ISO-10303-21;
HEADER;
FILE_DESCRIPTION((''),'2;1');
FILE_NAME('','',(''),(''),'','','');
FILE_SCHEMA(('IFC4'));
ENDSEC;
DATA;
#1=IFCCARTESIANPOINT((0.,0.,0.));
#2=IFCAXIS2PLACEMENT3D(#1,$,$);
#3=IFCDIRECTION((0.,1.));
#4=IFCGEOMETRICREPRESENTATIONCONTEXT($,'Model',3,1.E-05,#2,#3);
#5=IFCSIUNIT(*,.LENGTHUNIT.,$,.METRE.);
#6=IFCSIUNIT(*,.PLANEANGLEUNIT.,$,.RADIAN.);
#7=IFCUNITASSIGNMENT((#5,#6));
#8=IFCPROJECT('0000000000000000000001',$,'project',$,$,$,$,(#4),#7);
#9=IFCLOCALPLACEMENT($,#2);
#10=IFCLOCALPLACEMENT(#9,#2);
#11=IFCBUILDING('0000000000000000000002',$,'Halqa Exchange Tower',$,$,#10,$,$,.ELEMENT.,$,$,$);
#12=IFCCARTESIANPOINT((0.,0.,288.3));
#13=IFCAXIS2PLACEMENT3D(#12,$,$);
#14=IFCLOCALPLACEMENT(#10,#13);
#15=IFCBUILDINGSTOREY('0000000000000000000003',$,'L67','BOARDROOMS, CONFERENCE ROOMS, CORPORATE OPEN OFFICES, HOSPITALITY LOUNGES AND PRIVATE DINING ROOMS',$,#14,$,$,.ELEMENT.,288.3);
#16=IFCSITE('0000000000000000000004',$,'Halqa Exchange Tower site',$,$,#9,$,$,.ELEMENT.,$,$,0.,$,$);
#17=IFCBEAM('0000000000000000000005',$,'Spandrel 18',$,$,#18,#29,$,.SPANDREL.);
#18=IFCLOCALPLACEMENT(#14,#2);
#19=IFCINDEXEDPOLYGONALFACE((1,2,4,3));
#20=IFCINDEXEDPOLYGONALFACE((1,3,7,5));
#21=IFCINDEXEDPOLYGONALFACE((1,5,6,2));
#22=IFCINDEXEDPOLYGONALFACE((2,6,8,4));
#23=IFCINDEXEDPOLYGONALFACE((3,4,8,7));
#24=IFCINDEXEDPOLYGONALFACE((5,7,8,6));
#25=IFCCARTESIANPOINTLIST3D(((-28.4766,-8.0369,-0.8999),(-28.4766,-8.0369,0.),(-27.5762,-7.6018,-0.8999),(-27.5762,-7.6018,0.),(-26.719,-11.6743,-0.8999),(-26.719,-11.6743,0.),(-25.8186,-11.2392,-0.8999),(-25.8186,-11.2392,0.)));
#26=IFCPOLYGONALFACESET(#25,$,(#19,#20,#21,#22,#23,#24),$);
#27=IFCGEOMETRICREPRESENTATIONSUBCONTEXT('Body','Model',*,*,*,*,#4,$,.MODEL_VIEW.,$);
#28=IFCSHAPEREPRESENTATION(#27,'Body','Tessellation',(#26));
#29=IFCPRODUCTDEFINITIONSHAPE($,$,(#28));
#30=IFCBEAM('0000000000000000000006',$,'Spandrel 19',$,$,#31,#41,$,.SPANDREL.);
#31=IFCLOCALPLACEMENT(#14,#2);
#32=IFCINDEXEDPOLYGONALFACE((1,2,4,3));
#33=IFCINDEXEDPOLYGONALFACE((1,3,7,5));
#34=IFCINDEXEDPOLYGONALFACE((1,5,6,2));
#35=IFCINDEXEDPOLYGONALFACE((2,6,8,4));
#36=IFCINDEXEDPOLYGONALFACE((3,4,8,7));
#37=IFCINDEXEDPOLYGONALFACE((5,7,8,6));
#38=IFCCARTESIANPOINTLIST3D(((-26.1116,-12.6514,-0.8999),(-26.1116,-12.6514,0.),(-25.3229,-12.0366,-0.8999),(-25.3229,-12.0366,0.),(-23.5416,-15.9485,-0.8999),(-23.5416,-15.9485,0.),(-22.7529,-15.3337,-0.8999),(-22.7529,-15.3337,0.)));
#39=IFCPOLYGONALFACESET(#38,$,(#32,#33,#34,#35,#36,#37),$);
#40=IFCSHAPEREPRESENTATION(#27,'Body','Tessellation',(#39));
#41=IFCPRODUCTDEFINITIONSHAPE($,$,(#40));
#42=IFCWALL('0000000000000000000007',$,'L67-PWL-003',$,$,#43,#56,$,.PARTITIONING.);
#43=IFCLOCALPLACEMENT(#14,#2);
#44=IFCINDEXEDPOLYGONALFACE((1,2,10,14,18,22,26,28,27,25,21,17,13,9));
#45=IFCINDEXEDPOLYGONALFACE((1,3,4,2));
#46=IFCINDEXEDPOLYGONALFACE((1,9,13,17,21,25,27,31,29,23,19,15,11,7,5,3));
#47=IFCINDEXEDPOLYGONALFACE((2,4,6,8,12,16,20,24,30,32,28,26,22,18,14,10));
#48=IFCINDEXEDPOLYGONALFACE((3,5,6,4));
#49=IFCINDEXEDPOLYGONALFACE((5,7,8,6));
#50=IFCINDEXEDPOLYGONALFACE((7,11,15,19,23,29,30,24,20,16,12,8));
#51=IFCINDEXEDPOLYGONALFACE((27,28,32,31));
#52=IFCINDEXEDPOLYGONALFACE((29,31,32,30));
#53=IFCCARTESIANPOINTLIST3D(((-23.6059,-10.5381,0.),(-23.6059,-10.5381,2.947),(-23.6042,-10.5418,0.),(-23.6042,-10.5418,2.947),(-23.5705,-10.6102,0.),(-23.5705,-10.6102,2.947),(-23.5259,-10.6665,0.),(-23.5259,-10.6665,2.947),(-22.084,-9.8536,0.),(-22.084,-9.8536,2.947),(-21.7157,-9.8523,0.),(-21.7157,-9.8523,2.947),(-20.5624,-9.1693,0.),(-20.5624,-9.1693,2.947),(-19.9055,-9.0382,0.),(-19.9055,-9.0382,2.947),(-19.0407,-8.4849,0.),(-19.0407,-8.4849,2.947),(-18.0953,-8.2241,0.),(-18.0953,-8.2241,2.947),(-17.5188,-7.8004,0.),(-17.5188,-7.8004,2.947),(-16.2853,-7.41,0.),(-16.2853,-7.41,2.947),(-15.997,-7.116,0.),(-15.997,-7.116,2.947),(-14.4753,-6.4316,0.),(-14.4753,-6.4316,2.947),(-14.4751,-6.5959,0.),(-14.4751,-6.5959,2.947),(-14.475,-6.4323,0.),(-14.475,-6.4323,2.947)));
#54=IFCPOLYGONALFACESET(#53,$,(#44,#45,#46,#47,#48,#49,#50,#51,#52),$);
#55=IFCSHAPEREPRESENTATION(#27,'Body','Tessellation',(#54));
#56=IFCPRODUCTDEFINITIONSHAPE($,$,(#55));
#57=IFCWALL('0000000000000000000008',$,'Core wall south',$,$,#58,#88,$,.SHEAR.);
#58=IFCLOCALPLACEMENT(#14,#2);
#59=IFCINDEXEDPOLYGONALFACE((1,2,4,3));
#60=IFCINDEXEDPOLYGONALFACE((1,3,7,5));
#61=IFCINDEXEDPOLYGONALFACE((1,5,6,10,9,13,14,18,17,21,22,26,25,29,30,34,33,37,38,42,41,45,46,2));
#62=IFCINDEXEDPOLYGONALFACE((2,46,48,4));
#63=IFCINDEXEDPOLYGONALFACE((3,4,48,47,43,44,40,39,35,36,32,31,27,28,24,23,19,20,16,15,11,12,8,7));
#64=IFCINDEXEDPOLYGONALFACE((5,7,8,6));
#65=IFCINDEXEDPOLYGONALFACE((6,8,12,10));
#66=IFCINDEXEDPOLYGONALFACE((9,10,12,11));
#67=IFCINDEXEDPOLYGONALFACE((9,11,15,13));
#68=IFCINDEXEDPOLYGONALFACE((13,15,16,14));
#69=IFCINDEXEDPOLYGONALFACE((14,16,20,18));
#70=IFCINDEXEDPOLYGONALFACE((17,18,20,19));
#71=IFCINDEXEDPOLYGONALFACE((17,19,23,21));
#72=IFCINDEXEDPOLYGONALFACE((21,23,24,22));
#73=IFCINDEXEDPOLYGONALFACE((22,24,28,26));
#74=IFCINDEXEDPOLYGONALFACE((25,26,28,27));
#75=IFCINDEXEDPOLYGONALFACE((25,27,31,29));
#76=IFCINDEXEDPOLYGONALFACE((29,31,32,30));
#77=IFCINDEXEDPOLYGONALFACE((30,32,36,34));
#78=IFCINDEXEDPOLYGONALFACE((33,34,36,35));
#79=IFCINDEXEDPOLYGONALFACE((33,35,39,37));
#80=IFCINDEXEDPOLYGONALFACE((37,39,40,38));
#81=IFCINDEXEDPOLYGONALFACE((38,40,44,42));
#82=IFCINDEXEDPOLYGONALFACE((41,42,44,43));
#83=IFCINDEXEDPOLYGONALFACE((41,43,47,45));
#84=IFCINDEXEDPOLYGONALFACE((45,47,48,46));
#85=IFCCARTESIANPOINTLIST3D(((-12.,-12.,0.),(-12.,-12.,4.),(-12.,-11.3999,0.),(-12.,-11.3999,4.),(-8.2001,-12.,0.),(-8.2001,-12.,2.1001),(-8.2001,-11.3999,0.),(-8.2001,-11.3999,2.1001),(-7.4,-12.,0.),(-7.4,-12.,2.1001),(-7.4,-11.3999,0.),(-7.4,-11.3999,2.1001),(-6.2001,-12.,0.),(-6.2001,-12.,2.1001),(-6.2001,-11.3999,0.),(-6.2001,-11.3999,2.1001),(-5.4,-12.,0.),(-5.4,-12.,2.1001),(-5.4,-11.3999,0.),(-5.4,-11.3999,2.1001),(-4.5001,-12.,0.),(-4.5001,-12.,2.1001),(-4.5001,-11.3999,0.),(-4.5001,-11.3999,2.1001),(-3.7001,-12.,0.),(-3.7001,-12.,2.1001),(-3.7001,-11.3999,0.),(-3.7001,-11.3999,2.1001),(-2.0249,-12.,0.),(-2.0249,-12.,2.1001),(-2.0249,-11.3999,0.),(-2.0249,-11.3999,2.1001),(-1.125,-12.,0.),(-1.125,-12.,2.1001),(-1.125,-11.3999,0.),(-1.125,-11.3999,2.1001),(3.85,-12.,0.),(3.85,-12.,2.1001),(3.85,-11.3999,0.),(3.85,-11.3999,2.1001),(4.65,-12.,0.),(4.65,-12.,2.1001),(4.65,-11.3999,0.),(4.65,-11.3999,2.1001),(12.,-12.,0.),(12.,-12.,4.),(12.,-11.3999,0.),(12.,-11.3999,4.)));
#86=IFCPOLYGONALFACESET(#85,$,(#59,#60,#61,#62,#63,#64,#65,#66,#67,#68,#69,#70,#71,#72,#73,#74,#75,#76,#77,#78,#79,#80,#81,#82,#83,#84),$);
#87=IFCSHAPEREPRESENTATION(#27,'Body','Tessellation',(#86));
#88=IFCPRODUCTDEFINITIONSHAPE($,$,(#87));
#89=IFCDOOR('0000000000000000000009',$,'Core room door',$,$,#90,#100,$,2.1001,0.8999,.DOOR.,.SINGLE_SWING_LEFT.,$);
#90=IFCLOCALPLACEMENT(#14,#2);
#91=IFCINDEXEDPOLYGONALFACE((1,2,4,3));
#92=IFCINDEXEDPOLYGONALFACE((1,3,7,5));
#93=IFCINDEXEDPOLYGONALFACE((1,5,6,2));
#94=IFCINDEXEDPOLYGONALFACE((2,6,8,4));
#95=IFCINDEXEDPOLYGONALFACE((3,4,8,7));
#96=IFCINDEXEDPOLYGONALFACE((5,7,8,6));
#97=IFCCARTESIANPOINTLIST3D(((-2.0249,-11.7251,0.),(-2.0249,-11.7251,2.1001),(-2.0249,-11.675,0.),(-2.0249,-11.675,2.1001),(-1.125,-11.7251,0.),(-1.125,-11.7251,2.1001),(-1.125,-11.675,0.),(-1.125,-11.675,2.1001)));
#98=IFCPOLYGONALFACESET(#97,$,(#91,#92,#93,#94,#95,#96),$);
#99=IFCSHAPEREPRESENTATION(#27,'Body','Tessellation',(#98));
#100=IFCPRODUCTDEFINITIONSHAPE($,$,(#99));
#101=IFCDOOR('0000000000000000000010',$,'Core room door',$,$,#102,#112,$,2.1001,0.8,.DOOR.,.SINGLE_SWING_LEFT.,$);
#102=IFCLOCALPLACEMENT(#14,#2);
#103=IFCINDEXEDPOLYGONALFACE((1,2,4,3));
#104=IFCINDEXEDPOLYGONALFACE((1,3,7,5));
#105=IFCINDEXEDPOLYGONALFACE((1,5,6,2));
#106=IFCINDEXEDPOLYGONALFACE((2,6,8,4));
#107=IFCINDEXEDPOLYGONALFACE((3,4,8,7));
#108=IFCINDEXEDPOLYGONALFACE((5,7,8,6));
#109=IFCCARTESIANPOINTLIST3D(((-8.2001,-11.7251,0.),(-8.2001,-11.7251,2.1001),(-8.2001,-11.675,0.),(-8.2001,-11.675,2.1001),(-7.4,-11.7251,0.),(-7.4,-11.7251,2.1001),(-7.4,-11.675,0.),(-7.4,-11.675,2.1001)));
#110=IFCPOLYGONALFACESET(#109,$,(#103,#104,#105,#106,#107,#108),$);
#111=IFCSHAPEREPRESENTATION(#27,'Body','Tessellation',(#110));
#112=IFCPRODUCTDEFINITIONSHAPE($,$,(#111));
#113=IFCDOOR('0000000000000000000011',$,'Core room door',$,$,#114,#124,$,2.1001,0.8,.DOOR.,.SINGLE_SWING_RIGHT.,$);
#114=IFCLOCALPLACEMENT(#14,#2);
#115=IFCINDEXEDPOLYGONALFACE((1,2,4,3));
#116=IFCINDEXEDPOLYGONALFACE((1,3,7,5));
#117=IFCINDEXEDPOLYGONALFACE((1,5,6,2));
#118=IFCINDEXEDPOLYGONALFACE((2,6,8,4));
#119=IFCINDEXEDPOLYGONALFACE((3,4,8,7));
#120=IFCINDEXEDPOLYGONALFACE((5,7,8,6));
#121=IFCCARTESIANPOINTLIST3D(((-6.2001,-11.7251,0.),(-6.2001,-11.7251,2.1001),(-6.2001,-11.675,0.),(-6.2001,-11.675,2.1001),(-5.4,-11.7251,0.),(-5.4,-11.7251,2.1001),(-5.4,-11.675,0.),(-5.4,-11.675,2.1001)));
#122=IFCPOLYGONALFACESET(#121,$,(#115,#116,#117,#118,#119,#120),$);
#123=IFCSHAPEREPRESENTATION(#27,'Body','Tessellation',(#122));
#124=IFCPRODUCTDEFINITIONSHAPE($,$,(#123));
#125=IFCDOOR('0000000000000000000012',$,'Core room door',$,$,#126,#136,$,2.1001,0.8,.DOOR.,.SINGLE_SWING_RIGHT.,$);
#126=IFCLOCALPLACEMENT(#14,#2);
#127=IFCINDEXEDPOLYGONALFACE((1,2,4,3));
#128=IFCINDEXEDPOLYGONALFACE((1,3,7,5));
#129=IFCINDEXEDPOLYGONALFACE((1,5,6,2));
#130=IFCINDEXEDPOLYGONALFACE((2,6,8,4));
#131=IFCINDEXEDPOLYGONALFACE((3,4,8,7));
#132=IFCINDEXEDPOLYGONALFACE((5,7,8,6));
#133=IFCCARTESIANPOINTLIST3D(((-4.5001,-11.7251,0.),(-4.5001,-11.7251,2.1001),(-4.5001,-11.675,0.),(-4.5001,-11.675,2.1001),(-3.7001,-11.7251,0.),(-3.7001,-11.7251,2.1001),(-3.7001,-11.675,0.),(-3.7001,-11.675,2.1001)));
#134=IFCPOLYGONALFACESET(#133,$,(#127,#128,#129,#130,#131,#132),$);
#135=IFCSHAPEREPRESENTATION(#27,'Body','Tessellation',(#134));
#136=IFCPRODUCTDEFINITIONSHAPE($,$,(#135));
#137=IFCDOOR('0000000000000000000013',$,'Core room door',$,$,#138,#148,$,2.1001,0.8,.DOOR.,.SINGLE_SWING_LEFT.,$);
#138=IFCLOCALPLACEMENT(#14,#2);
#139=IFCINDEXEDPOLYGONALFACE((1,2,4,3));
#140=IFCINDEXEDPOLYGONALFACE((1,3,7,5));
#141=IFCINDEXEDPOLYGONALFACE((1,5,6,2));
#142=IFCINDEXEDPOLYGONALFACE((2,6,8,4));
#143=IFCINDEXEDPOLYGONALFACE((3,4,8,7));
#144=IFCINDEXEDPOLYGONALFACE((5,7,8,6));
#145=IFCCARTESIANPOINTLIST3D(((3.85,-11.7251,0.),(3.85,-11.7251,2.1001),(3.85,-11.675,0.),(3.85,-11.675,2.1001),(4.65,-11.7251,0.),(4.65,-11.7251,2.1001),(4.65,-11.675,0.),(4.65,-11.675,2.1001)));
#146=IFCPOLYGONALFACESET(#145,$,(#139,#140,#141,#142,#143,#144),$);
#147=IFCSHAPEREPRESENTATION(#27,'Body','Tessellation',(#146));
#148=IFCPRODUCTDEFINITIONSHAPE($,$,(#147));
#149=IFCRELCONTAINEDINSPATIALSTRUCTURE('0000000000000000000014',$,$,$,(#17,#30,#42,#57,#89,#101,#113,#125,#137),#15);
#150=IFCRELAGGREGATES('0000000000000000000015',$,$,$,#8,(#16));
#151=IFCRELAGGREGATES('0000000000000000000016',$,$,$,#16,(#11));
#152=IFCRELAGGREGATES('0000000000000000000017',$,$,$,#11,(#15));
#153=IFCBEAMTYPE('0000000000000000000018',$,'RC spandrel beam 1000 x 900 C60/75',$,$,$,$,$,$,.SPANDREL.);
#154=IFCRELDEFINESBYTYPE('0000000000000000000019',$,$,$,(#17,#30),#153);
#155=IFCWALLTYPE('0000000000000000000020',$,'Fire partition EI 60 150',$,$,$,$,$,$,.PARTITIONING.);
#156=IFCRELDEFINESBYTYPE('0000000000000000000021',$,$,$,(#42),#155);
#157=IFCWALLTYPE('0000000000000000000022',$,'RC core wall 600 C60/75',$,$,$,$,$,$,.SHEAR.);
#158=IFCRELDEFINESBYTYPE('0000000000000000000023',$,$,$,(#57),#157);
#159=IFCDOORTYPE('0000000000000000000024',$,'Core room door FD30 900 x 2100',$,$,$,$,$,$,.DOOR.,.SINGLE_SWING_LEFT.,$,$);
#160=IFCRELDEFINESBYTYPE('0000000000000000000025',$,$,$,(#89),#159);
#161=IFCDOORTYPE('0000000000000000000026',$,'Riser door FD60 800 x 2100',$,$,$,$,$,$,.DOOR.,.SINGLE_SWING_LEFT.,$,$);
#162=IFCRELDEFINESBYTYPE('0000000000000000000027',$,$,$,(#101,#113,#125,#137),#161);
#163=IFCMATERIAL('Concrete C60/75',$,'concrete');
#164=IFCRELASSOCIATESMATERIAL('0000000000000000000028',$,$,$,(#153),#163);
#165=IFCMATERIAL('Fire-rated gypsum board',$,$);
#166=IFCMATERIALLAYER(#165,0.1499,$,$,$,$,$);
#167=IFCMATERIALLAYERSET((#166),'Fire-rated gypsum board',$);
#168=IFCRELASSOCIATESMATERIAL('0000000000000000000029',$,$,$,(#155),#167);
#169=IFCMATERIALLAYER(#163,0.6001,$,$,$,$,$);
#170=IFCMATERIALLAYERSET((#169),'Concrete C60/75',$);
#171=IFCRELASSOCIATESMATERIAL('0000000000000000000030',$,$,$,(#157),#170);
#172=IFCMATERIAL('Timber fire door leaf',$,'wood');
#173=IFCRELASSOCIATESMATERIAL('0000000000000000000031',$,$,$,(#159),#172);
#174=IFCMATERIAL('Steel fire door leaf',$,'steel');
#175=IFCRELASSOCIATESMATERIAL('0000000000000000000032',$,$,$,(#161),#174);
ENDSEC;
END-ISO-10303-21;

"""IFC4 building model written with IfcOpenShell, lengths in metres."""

from ifc_helpers import new_model, si_unit, direction, frame, frame_2d, origin, origin_2d, place, context, subcontext, project, spatial, polyline, rectangle, outline, extrude, material, layer, layer_set, material_profile, profile_set, type_object, element, fill, save


model = new_model("IFC4")

# Units and contexts
model_context = context("Model", 3, precision=1e-05, world=origin(), true_north=direction((0.0, 1.0)))
body_context = subcontext(model_context, "Body", "Model", "MODEL_VIEW")
ifc_project = project(units=[si_unit("LENGTHUNIT", "METRE"), si_unit("PLANEANGLEUNIT", "RADIAN")], contexts=[model_context])

# Site, building, storey
site_placement = place(None, origin())
site = spatial("IfcSite", under=ifc_project, at=site_placement, Name="Halqa Exchange Tower site", CompositionType="ELEMENT", RefElevation=0.0)
building_placement = place(site_placement, origin())
building = spatial("IfcBuilding", under=site, at=building_placement, Name="Halqa Exchange Tower", CompositionType="ELEMENT")
storey_placement = place(building_placement, frame((0.0, 0.0, 288.3)))
storey = spatial("IfcBuildingStorey", under=building, at=storey_placement, Name="L67", Description="BOARDROOMS, CONFERENCE ROOMS, CORPORATE OPEN OFFICES, HOSPITALITY LOUNGES AND PRIVATE DINING ROOMS", CompositionType="ELEMENT", Elevation=288.3)

# Shared definitions
ifc_material_1 = material(Name="Concrete C60/75", Category="concrete")

# Beams
ifc_material_profile_1 = material_profile(ifc_material_1, rectangle(XDim=1.0, YDim=0.8999, at=origin_2d()), Name="1000 x 900")
ifc_profile_set_1 = profile_set([ifc_material_profile_1], Name="Concrete C60/75")
beam_type_1 = type_object("IfcBeamType", Name="RC spandrel beam 1000 x 900 C60/75", PredefinedType="SPANDREL", material=ifc_profile_set_1)
beam_1_placement = place(storey_placement, frame((-28.0264, -7.8193, -0.45), z_axis=(0.435062, -0.900401, 0.0), x_axis=(0.900401, 0.435062, 0.0)))
element("IfcBeam", 1, at=beam_1_placement, inside=storey, type_object=beam_type_1, Name="Spandrel 18", PredefinedType="SPANDREL", context=body_context, shape_type="SweptSolid", body=[
    extrude(rectangle(XDim=1.0, YDim=0.8999, at=origin_2d()), origin(), (0.0, 0.0, 1.0), 4.0398),
])
beam_2_placement = place(storey_placement, frame((-25.7173, -12.344, -0.45), z_axis=(0.614781, -0.788698, 0.0), x_axis=(0.788698, 0.614781, 0.0)))
element("IfcBeam", 2, at=beam_2_placement, inside=storey, type_object=beam_type_1, Name="Spandrel 19", PredefinedType="SPANDREL", context=body_context, shape_type="SweptSolid", body=[
    extrude(rectangle(XDim=1.0, YDim=0.8999, at=origin_2d()), origin(), (0.0, 0.0, 1.0), 4.1804),
])

# Wall
ifc_material_2 = material(Name="Fire-rated gypsum board")
ifc_layer_1 = layer(ifc_material_2, 0.1499)
ifc_layer_set_1 = layer_set([ifc_layer_1], Name="Fire-rated gypsum board")
wall_type_1 = type_object("IfcWallType", Name="Fire partition EI 60 150", PredefinedType="PARTITIONING", material=ifc_layer_set_1)
wall_1_placement = place(storey_placement, frame((-14.4446, -6.5, 0.0), z_axis=(0.0, 0.0, 1.0), x_axis=(-0.912009, -0.410171, 0.0)))
element("IfcWall", 3, at=wall_1_placement, inside=storey, type_object=wall_type_1, Name="L67-PWL-003", PredefinedType="PARTITIONING", context=body_context, shape_type="SweptSolid", body=[
    extrude(outline(polyline([(10.0115, -0.075), (10.0115, -0.0708), (10.0088, 0.0054), (9.9912, 0.075), (8.0063, 0.075), (6.0215, 0.075), (4.0366, 0.075), (2.052, 0.075), (0.0671, 0.075), (0.0, -0.0742), (0.0, -0.075), (1.6685, -0.075), (3.3372, -0.075), (5.0059, -0.075), (6.6743, -0.075), (8.3428, -0.075), (10.0115, -0.075)])), origin(), (0.0, 0.0, 1.0), 2.947),
])

# Wall, openings, doors
ifc_layer_2 = layer(ifc_material_1, 0.6001)
ifc_layer_set_2 = layer_set([ifc_layer_2], Name="Concrete C60/75")
wall_type_2 = type_object("IfcWallType", Name="RC core wall 600 C60/75", PredefinedType="SHEAR", material=ifc_layer_set_2)
wall_2_placement = place(storey_placement, frame((-12.0, -11.7, 0.0), z_axis=(0.0, 0.0, 1.0), x_axis=(1.0, 0.0, 0.0)))
wall_2 = element("IfcWall", 4, at=wall_2_placement, inside=storey, type_object=wall_type_2, Name="Core wall south", PredefinedType="SHEAR", context=body_context, shape_type="SweptSolid", body=[
    extrude(rectangle(XDim=24.0, YDim=0.6001, at=frame_2d((12.0, 0.0))), origin(), (0.0, 0.0, 1.0), 4.0),
])
opening_1_placement = place(wall_2_placement, frame((9.9751, 0.0, 0.0)))
opening_1 = element("IfcOpeningElement", 5, at=opening_1_placement, cuts=wall_2, PredefinedType="OPENING", context=body_context, shape_type="SweptSolid", body=[
    extrude(rectangle(XDim=0.8999, YDim=2.1001, at=frame_2d((0.45, 1.05))), frame((0.0, 0.312, 0.0), z_axis=(0.0, -1.0, 0.0), x_axis=(1.0, 0.0, 0.0)), (0.0, 0.0, 1.0), 0.624),
])
opening_2_placement = place(wall_2_placement, frame((3.8, 0.0, 0.0)))
opening_2 = element("IfcOpeningElement", 6, at=opening_2_placement, cuts=wall_2, PredefinedType="OPENING", context=body_context, shape_type="SweptSolid", body=[
    extrude(rectangle(XDim=0.8, YDim=2.1001, at=frame_2d((0.3999, 1.05))), frame((0.0, 0.312, 0.0), z_axis=(0.0, -1.0, 0.0), x_axis=(1.0, 0.0, 0.0)), (0.0, 0.0, 1.0), 0.624),
])
opening_3_placement = place(wall_2_placement, frame((5.8, 0.0, 0.0)))
opening_3 = element("IfcOpeningElement", 7, at=opening_3_placement, cuts=wall_2, PredefinedType="OPENING", context=body_context, shape_type="SweptSolid", body=[
    extrude(rectangle(XDim=0.8, YDim=2.1001, at=frame_2d((0.3999, 1.05))), frame((0.0, 0.312, 0.0), z_axis=(0.0, -1.0, 0.0), x_axis=(1.0, 0.0, 0.0)), (0.0, 0.0, 1.0), 0.624),
])
opening_4_placement = place(wall_2_placement, frame((7.5, 0.0, 0.0)))
opening_4 = element("IfcOpeningElement", 8, at=opening_4_placement, cuts=wall_2, PredefinedType="OPENING", context=body_context, shape_type="SweptSolid", body=[
    extrude(rectangle(XDim=0.8, YDim=2.1001, at=frame_2d((0.3999, 1.05))), frame((0.0, 0.312, 0.0), z_axis=(0.0, -1.0, 0.0), x_axis=(1.0, 0.0, 0.0)), (0.0, 0.0, 1.0), 0.624),
])
opening_5_placement = place(wall_2_placement, frame((15.8501, 0.0, 0.0)))
opening_5 = element("IfcOpeningElement", 9, at=opening_5_placement, cuts=wall_2, PredefinedType="OPENING", context=body_context, shape_type="SweptSolid", body=[
    extrude(rectangle(XDim=0.8, YDim=2.1001, at=frame_2d((0.3999, 1.05))), frame((0.0, 0.312, 0.0), z_axis=(0.0, -1.0, 0.0), x_axis=(1.0, 0.0, 0.0)), (0.0, 0.0, 1.0), 0.624),
])
ifc_material_3 = material(Name="Timber fire door leaf", Category="wood")
door_type_1 = type_object("IfcDoorType", Name="Core room door FD30 900 x 2100", OperationType="SINGLE_SWING_LEFT", PredefinedType="DOOR", material=ifc_material_3)
door_1_placement = place(opening_1_placement, origin())
door_1 = element("IfcDoor", 10, at=door_1_placement, inside=storey, type_object=door_type_1, Name="Core room door", OperationType="SINGLE_SWING_LEFT", OverallHeight=2.1001, OverallWidth=0.8999, PredefinedType="DOOR", context=body_context, shape_type="SweptSolid", body=[
    extrude(rectangle(XDim=0.8999, YDim=2.1001, at=frame_2d((0.45, 1.05))), frame((0.0, 0.0249, 0.0), z_axis=(0.0, -1.0, 0.0), x_axis=(1.0, 0.0, 0.0)), (0.0, 0.0, 1.0), 0.05),
])
fill(opening_1, door_1)
ifc_material_4 = material(Name="Steel fire door leaf", Category="steel")
door_type_2 = type_object("IfcDoorType", Name="Riser door FD60 800 x 2100", OperationType="SINGLE_SWING_LEFT", PredefinedType="DOOR", material=ifc_material_4)
door_2_placement = place(opening_2_placement, origin())
door_2 = element("IfcDoor", 11, at=door_2_placement, inside=storey, type_object=door_type_2, Name="Core room door", OperationType="SINGLE_SWING_LEFT", OverallHeight=2.1001, OverallWidth=0.8, PredefinedType="DOOR", context=body_context, shape_type="SweptSolid", body=[
    extrude(rectangle(XDim=0.8, YDim=2.1001, at=frame_2d((0.3999, 1.05))), frame((0.0, 0.0249, 0.0), z_axis=(0.0, -1.0, 0.0), x_axis=(1.0, 0.0, 0.0)), (0.0, 0.0, 1.0), 0.05),
])
fill(opening_2, door_2)
door_3_placement = place(opening_3_placement, origin())
door_3 = element("IfcDoor", 12, at=door_3_placement, inside=storey, type_object=door_type_2, Name="Core room door", OperationType="SINGLE_SWING_RIGHT", OverallHeight=2.1001, OverallWidth=0.8, PredefinedType="DOOR", context=body_context, shape_type="SweptSolid", body=[
    extrude(rectangle(XDim=0.8, YDim=2.1001, at=frame_2d((0.3999, 1.05))), frame((0.0, 0.0249, 0.0), z_axis=(0.0, -1.0, 0.0), x_axis=(1.0, 0.0, 0.0)), (0.0, 0.0, 1.0), 0.05),
])
fill(opening_3, door_3)
door_4_placement = place(opening_4_placement, origin())
door_4 = element("IfcDoor", 13, at=door_4_placement, inside=storey, type_object=door_type_2, Name="Core room door", OperationType="SINGLE_SWING_RIGHT", OverallHeight=2.1001, OverallWidth=0.8, PredefinedType="DOOR", context=body_context, shape_type="SweptSolid", body=[
    extrude(rectangle(XDim=0.8, YDim=2.1001, at=frame_2d((0.3999, 1.05))), frame((0.0, 0.0249, 0.0), z_axis=(0.0, -1.0, 0.0), x_axis=(1.0, 0.0, 0.0)), (0.0, 0.0, 1.0), 0.05),
])
fill(opening_4, door_4)
door_5_placement = place(opening_5_placement, origin())
door_5 = element("IfcDoor", 14, at=door_5_placement, inside=storey, type_object=door_type_2, Name="Core room door", OperationType="SINGLE_SWING_LEFT", OverallHeight=2.1001, OverallWidth=0.8, PredefinedType="DOOR", context=body_context, shape_type="SweptSolid", body=[
    extrude(rectangle(XDim=0.8, YDim=2.1001, at=frame_2d((0.3999, 1.05))), frame((0.0, 0.0249, 0.0), z_axis=(0.0, -1.0, 0.0), x_axis=(1.0, 0.0, 0.0)), (0.0, 0.0, 1.0), 0.05),
])
fill(opening_5, door_5)

save(model, "model.ifc")
